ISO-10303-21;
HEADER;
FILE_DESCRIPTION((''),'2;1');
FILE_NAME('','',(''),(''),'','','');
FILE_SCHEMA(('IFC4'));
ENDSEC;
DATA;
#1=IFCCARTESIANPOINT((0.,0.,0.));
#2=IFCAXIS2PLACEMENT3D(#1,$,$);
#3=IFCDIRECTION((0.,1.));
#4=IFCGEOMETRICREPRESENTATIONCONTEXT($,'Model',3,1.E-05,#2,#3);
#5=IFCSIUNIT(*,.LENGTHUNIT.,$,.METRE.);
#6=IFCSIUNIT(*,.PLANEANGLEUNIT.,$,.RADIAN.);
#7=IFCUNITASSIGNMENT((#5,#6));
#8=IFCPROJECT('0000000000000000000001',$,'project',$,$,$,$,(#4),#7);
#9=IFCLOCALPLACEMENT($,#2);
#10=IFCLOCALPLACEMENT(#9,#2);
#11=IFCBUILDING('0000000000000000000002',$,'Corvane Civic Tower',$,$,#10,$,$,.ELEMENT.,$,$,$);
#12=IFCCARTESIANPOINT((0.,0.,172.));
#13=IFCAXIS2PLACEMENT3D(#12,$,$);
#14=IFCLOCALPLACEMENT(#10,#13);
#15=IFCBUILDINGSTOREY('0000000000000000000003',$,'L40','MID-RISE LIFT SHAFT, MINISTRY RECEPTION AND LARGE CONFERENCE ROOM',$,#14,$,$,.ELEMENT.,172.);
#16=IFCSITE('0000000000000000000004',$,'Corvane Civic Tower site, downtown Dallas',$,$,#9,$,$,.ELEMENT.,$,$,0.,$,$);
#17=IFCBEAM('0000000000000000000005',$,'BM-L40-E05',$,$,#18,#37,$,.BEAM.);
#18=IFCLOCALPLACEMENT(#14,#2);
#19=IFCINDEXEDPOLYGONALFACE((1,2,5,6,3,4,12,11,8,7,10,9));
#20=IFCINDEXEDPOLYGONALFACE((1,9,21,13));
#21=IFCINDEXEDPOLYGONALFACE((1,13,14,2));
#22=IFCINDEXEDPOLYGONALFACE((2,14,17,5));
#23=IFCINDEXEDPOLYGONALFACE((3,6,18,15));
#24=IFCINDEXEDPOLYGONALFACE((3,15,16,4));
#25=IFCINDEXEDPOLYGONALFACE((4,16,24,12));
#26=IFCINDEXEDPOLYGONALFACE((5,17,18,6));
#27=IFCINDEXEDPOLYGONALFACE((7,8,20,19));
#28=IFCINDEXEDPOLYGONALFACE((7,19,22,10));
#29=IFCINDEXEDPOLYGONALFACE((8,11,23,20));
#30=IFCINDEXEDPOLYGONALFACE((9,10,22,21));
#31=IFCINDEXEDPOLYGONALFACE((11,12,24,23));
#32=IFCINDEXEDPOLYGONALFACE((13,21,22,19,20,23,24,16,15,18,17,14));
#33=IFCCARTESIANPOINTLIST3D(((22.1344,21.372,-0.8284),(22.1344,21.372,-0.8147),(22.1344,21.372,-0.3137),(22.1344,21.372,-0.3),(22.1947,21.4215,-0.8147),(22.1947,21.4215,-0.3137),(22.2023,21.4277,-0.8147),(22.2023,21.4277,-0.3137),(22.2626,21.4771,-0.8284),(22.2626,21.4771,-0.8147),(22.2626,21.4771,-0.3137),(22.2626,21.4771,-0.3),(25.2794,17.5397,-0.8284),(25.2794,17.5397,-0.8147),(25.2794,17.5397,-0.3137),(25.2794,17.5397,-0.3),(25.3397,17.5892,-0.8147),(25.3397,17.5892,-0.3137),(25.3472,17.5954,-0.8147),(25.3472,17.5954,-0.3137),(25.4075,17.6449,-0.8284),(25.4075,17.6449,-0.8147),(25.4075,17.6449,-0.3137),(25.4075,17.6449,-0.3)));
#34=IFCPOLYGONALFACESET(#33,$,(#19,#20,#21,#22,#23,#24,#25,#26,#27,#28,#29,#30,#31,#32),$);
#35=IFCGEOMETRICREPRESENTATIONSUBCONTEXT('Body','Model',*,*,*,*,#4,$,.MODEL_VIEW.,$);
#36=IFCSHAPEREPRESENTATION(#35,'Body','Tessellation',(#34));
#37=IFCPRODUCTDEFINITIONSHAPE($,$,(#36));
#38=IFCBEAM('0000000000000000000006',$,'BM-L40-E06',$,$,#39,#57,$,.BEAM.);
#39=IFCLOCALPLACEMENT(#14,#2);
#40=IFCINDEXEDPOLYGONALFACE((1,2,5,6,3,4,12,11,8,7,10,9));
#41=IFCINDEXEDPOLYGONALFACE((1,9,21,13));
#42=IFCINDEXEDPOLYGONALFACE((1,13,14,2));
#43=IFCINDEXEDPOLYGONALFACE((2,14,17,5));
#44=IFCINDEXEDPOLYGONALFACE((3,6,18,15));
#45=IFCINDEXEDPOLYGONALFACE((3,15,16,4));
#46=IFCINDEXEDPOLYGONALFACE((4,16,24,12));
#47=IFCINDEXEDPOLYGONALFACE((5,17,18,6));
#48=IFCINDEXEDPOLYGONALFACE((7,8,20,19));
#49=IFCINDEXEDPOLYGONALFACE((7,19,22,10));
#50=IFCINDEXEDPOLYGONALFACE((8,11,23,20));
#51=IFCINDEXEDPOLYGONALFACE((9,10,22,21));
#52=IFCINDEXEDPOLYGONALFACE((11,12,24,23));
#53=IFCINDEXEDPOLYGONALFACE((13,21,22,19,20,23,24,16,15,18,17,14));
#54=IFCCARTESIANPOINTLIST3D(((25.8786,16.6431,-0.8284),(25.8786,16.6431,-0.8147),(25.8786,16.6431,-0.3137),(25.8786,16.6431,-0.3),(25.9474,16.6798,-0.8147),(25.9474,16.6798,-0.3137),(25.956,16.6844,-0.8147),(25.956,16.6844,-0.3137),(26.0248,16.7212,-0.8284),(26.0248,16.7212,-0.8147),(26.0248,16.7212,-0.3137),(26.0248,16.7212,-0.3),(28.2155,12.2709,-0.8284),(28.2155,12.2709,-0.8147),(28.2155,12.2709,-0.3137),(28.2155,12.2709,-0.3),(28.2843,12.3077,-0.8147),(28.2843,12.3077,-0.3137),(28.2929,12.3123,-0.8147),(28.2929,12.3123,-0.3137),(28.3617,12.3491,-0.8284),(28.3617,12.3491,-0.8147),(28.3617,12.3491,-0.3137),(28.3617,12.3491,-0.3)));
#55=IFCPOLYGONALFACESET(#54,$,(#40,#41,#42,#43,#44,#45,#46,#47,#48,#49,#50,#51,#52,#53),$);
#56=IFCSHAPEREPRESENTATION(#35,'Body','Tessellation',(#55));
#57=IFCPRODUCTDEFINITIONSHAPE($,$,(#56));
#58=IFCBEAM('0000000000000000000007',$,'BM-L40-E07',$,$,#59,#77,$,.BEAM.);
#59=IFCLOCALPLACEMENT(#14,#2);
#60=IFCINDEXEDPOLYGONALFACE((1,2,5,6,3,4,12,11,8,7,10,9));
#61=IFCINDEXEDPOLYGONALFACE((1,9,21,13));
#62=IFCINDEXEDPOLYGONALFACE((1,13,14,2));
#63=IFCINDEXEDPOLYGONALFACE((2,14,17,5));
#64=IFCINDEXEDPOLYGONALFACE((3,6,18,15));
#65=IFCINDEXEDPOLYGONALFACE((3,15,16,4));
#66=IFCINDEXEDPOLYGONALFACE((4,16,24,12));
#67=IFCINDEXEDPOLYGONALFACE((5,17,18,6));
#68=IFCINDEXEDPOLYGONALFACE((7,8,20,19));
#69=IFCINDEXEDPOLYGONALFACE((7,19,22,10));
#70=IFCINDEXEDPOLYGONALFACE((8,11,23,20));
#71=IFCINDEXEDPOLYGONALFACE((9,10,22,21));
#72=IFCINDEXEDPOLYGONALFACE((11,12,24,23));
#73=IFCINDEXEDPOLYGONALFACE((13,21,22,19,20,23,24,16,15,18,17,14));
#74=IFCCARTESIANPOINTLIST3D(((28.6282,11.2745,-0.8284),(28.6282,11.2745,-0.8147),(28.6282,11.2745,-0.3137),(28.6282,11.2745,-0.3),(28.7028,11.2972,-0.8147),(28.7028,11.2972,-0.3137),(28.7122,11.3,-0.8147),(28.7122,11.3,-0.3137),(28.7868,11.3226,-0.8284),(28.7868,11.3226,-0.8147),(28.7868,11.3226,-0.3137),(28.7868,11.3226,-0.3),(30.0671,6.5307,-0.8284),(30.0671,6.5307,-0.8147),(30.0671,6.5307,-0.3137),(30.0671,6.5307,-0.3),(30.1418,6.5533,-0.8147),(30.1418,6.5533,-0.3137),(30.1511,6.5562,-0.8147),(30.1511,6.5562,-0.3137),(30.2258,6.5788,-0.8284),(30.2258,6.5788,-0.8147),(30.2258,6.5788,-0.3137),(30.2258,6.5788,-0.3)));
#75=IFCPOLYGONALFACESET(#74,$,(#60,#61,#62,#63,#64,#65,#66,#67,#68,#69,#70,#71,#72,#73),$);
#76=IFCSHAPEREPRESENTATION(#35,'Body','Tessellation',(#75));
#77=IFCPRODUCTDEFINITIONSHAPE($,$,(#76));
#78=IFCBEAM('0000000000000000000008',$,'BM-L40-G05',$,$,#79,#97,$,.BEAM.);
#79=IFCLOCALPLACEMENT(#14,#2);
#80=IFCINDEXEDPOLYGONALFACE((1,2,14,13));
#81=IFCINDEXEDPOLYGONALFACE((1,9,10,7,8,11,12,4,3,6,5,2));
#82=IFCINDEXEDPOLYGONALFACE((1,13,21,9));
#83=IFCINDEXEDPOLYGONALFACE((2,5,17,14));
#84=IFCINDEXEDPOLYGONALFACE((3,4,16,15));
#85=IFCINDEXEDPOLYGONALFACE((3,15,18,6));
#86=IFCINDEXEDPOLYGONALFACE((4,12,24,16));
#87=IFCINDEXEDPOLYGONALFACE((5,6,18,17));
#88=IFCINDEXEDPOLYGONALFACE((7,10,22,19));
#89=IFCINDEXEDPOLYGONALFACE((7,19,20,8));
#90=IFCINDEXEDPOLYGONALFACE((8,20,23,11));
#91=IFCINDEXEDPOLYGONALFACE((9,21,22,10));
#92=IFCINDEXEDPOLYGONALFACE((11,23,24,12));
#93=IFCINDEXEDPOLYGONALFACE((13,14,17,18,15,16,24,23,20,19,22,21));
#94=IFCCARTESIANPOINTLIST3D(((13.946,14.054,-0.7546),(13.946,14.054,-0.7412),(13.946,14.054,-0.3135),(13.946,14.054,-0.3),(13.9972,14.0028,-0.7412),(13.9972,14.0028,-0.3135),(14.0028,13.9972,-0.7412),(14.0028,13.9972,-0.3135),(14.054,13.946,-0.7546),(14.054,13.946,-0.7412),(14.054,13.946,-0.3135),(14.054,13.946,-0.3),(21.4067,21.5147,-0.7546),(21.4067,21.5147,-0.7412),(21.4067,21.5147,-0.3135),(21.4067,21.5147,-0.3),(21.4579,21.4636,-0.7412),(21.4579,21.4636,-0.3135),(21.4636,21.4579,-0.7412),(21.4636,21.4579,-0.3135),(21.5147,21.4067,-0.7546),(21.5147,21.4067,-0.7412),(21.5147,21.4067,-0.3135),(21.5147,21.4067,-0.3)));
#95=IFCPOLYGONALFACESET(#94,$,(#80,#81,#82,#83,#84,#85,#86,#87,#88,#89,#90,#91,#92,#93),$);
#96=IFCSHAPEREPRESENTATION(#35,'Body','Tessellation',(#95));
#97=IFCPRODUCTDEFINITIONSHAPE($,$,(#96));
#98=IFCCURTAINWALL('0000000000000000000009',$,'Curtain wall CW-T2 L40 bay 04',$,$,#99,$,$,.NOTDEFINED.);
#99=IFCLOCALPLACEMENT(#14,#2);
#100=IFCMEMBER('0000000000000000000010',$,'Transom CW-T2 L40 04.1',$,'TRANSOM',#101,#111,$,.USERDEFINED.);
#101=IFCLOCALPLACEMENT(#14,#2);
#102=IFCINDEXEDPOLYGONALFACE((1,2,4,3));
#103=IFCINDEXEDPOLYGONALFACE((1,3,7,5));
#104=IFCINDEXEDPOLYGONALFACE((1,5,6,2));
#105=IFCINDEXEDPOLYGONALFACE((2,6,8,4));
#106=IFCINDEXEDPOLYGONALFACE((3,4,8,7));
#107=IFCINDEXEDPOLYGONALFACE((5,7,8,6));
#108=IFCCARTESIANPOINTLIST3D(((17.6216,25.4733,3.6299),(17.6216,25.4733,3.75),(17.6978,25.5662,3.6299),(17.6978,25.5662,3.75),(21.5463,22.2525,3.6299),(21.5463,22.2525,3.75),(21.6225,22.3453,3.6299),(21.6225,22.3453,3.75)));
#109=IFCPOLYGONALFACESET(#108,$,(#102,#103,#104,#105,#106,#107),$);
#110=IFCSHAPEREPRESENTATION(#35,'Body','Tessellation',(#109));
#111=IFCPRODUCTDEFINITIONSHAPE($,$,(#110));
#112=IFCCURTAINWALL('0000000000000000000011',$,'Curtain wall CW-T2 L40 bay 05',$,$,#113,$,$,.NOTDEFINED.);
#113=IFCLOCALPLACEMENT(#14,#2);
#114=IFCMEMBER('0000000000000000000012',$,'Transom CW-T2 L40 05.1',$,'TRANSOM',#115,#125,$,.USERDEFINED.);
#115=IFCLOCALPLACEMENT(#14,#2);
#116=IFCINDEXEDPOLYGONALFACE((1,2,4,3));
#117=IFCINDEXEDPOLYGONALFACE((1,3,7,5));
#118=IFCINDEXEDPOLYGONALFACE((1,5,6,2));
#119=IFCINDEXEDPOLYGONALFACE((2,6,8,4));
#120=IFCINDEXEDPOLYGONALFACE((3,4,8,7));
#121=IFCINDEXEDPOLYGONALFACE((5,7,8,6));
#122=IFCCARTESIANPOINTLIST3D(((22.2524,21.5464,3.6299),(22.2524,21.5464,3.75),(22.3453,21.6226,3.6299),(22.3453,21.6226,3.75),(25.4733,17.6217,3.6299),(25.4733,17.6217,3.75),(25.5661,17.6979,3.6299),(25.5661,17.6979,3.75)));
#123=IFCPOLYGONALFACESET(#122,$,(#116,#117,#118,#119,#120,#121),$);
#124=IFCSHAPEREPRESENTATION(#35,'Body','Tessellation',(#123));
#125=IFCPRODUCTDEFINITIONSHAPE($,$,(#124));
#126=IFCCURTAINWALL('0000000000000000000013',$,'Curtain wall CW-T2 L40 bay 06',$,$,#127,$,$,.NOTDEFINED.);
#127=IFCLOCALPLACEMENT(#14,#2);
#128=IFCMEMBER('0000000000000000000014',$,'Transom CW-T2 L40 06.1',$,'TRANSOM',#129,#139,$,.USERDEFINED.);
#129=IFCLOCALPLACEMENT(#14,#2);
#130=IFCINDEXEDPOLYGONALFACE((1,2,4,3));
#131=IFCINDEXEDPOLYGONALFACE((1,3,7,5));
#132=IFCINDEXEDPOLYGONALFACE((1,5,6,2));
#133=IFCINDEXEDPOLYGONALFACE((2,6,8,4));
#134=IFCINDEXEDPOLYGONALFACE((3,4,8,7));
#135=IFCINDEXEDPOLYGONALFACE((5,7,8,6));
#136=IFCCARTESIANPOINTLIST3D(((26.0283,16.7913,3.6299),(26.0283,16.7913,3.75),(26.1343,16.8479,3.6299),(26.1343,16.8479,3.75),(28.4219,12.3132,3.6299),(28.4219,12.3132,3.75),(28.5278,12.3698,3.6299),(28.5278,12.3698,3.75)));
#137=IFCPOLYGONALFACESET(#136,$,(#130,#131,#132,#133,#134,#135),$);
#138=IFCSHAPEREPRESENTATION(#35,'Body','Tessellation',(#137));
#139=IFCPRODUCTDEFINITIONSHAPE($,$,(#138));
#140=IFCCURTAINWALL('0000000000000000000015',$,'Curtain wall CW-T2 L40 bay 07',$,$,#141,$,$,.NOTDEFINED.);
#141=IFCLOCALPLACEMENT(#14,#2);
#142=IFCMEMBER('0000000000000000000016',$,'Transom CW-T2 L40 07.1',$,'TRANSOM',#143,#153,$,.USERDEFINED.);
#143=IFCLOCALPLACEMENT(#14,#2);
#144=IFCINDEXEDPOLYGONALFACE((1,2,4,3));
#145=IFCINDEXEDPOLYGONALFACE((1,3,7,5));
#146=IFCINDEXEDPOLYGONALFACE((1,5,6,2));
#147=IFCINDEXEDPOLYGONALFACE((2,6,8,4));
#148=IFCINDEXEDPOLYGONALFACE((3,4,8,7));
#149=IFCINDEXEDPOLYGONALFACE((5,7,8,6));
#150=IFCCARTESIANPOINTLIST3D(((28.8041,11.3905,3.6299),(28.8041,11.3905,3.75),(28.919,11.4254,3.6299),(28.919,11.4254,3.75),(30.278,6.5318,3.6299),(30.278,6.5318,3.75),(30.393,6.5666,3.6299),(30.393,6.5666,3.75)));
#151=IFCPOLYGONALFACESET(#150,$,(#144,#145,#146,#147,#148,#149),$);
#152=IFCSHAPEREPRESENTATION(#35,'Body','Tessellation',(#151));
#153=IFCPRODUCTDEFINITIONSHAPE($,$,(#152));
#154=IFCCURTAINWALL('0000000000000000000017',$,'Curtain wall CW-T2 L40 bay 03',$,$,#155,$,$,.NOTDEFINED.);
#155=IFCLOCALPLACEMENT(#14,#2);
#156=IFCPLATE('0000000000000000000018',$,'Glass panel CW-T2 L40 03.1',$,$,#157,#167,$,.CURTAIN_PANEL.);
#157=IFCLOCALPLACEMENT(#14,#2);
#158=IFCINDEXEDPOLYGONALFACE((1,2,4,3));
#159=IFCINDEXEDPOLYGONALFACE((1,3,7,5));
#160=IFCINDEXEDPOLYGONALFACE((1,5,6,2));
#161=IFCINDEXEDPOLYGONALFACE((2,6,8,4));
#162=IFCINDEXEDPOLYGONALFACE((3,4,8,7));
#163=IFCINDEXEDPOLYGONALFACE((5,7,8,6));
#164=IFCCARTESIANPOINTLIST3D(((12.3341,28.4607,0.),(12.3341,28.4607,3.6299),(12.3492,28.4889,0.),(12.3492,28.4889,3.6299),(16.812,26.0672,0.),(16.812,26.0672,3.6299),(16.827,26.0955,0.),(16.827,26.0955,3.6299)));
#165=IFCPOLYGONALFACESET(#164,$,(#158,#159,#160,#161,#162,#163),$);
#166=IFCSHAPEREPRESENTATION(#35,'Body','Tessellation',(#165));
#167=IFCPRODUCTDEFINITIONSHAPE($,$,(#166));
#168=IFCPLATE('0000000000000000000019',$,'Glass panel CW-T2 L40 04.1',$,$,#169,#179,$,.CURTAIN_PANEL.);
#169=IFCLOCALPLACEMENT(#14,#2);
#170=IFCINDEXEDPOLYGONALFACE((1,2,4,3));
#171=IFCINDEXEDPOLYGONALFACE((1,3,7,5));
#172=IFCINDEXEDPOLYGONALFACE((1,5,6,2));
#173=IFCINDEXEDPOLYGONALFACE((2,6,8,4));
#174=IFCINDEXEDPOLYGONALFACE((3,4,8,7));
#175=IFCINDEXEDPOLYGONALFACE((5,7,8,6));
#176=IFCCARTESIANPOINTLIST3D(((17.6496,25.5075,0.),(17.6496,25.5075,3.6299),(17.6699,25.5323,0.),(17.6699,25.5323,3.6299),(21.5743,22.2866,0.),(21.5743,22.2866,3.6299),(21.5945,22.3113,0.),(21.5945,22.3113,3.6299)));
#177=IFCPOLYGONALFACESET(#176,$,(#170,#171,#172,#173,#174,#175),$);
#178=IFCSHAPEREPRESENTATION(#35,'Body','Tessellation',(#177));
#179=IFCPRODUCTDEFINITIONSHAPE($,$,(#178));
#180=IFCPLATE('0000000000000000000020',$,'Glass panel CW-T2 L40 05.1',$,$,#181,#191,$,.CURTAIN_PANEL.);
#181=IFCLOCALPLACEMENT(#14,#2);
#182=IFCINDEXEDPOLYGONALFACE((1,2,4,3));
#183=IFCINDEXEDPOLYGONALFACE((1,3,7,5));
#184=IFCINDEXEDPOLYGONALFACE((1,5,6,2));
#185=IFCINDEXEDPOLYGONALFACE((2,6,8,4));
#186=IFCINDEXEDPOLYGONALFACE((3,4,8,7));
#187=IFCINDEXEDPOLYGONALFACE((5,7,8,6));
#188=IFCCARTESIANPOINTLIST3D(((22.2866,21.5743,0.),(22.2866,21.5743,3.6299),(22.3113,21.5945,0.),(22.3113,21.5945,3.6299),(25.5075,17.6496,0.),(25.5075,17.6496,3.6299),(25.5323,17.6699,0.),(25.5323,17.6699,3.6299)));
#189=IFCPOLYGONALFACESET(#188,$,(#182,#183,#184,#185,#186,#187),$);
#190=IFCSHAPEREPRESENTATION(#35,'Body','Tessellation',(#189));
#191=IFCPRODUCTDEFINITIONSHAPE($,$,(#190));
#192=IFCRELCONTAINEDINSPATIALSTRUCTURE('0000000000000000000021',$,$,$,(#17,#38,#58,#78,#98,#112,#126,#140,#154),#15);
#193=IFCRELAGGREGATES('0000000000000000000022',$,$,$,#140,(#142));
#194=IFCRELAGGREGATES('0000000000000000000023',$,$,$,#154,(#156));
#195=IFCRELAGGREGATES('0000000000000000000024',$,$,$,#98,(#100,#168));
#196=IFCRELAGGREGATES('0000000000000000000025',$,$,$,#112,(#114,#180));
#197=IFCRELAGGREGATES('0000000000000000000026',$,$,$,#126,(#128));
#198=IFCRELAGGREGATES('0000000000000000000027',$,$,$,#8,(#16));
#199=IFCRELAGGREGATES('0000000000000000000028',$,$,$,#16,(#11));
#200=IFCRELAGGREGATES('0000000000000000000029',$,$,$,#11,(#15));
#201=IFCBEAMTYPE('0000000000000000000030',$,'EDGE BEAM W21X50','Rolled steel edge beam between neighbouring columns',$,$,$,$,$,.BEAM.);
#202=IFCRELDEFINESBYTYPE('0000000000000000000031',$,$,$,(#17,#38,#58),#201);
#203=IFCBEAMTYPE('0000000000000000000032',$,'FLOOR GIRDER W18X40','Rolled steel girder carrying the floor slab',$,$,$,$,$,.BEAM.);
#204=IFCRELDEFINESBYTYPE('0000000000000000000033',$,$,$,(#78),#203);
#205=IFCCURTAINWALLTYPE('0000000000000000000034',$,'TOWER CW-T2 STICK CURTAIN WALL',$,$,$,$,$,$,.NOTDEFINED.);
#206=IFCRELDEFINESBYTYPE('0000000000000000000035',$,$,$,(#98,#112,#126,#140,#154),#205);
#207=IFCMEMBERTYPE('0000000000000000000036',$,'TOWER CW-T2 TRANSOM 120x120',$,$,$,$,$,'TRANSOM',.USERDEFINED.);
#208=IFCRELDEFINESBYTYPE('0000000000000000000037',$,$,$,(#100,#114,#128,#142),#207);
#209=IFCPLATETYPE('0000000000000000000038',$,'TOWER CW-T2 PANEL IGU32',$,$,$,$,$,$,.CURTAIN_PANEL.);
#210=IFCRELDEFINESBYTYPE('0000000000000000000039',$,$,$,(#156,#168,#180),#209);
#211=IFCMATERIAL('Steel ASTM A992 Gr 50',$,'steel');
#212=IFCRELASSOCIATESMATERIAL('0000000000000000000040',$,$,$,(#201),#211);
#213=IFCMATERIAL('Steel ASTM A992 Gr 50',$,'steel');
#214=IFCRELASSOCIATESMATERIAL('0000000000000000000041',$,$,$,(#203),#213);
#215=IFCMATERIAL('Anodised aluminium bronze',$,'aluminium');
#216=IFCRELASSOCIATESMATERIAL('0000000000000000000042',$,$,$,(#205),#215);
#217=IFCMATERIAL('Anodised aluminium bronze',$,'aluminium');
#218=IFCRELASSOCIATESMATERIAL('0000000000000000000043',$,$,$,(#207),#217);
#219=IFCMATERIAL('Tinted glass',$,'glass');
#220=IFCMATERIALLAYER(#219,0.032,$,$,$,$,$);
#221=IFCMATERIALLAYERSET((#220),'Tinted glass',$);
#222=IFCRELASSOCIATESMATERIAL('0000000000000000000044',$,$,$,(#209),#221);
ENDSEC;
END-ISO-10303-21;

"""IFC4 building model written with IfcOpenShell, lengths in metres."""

from ifc_helpers import new_model, si_unit, direction, frame, origin, origin_2d, place, context, subcontext, project, spatial, rectangle, i_section, extrude, material, layer, layer_set, material_profile, profile_set, type_object, element, aggregate, save


model = new_model("IFC4")

# Units and contexts
model_context = context("Model", 3, precision=1e-05, world=origin(), true_north=direction((0.0, 1.0)))
body_context = subcontext(model_context, "Body", "Model", "MODEL_VIEW")
ifc_project = project(units=[si_unit("LENGTHUNIT", "METRE"), si_unit("PLANEANGLEUNIT", "RADIAN")], contexts=[model_context])

# Site, building, storey
site_placement = place(None, origin())
site = spatial("IfcSite", under=ifc_project, at=site_placement, Name="Corvane Civic Tower site, downtown Dallas", CompositionType="ELEMENT", RefElevation=0.0)
building_placement = place(site_placement, origin())
building = spatial("IfcBuilding", under=site, at=building_placement, Name="Corvane Civic Tower", CompositionType="ELEMENT")
storey_placement = place(building_placement, frame((0.0, 0.0, 172.0)))
storey = spatial("IfcBuildingStorey", under=building, at=storey_placement, Name="L40", Description="MID-RISE LIFT SHAFT, MINISTRY RECEPTION AND LARGE CONFERENCE ROOM", CompositionType="ELEMENT", Elevation=172.0)

# Beams
ifc_material_1 = material(Name="Steel ASTM A992 Gr 50", Category="steel")
ifc_material_profile_1 = material_profile(ifc_material_1, i_section(OverallWidth=0.1658, OverallDepth=0.5283, WebThickness=0.0098, FlangeThickness=0.0137, at=origin_2d()), Name="W21X50")
ifc_profile_set_1 = profile_set([ifc_material_profile_1], Name="Steel ASTM A992 Gr 50")
beam_type_1 = type_object("IfcBeamType", Name="EDGE BEAM W21X50", Description="Rolled steel edge beam between neighbouring columns", PredefinedType="BEAM", material=ifc_profile_set_1)
for number, where, z_axis, x_axis, name in (
    (1, (22.1985, 21.4246, -0.5642), (0.634388, -0.773015, 0.0), (0.773015, 0.634388, 0.0), "BM-L40-E05"),
    (2, (25.9517, 16.6821, -0.5642), (0.471396, -0.881922, 0.0), (0.881922, 0.471396, 0.0), "BM-L40-E06"),
):
    element("IfcBeam", number, at=place(storey_placement, frame(where, z_axis=z_axis, x_axis=x_axis)), inside=storey, type_object=beam_type_1, Name=name, PredefinedType="BEAM", context=body_context, shape_type="SweptSolid", body=[
        extrude(i_section(OverallWidth=0.1658, OverallDepth=0.5283, WebThickness=0.0098, FlangeThickness=0.0137, at=origin_2d()), origin(), (0.0, 0.0, 1.0), 4.9575),
    ])
beam_1_placement = place(storey_placement, frame((28.7075, 11.2986, -0.5642), z_axis=(0.29027, -0.956945, 0.0), x_axis=(0.956945, 0.29027, 0.0)))
element("IfcBeam", 3, at=beam_1_placement, inside=storey, type_object=beam_type_1, Name="BM-L40-E07", PredefinedType="BEAM", context=body_context, shape_type="SweptSolid", body=[
    extrude(i_section(OverallWidth=0.1658, OverallDepth=0.5283, WebThickness=0.0098, FlangeThickness=0.0137, at=origin_2d()), origin(), (0.0, 0.0, 1.0), 4.9573),
])
ifc_material_2 = material(Name="Steel ASTM A992 Gr 50", Category="steel")
ifc_material_profile_2 = material_profile(ifc_material_2, i_section(OverallWidth=0.1528, OverallDepth=0.4546, WebThickness=0.0081, FlangeThickness=0.0134, at=origin_2d()), Name="W18X40")
ifc_profile_set_2 = profile_set([ifc_material_profile_2], Name="Steel ASTM A992 Gr 50")
beam_type_2 = type_object("IfcBeamType", Name="FLOOR GIRDER W18X40", Description="Rolled steel girder carrying the floor slab", PredefinedType="BEAM", material=ifc_profile_set_2)
beam_2_placement = place(storey_placement, frame((14.0, 14.0, -0.5273), z_axis=(0.707107, 0.707107, 0.0), x_axis=(-0.707107, 0.707107, 0.0)))
element("IfcBeam", 4, at=beam_2_placement, inside=storey, type_object=beam_type_2, Name="BM-L40-G05", PredefinedType="BEAM", context=body_context, shape_type="SweptSolid", body=[
    extrude(i_section(OverallWidth=0.1528, OverallDepth=0.4546, WebThickness=0.0081, FlangeThickness=0.0134, at=origin_2d()), origin(), (0.0, 0.0, 1.0), 10.551),
])

# Curtain walls, members
ifc_material_3 = material(Name="Anodised aluminium bronze", Category="aluminium")
curtain_wall_type = type_object("IfcCurtainWallType", Name="TOWER CW-T2 STICK CURTAIN WALL", PredefinedType="NOTDEFINED", material=ifc_material_3)
curtain_wall_1_placement = place(storey_placement, origin())
curtain_wall_1 = element("IfcCurtainWall", 5, at=curtain_wall_1_placement, inside=storey, type_object=curtain_wall_type, Name="Curtain wall CW-T2 L40 bay 04", PredefinedType="NOTDEFINED")
ifc_material_4 = material(Name="Anodised aluminium bronze", Category="aluminium")
ifc_material_profile_3 = material_profile(ifc_material_4, rectangle(XDim=0.1201, YDim=0.1201, at=origin_2d()), Name="TOWER CW-T2 TRANSOM 120x120")
ifc_profile_set_3 = profile_set([ifc_material_profile_3], Name="Anodised aluminium bronze")
member_type = type_object("IfcMemberType", Name="TOWER CW-T2 TRANSOM 120x120", ElementType="TRANSOM", PredefinedType="USERDEFINED", material=ifc_profile_set_3)
member_1_placement = place(storey_placement, frame((17.6597, 25.5198, 3.6899), z_axis=(0.773016, -0.634387, 0.0), x_axis=(0.634387, 0.773016, 0.0)))
member_1 = element("IfcMember", 6, at=member_1_placement, type_object=member_type, Name="Transom CW-T2 L40 04.1", ObjectType="TRANSOM", PredefinedType="USERDEFINED", context=body_context, shape_type="SweptSolid", body=[
    extrude(rectangle(XDim=0.1201, YDim=0.1201, at=origin_2d()), origin(), (0.0, 0.0, 1.0), 5.0771),
])
curtain_wall_2_placement = place(storey_placement, origin())
curtain_wall_2 = element("IfcCurtainWall", 7, at=curtain_wall_2_placement, inside=storey, type_object=curtain_wall_type, Name="Curtain wall CW-T2 L40 bay 05", PredefinedType="NOTDEFINED")
member_2_placement = place(storey_placement, frame((22.2988, 21.5845, 3.6899), z_axis=(0.634387, -0.773016, 0.0), x_axis=(0.773016, 0.634387, 0.0)))
member_2 = element("IfcMember", 8, at=member_2_placement, type_object=member_type, Name="Transom CW-T2 L40 05.1", ObjectType="TRANSOM", PredefinedType="USERDEFINED", context=body_context, shape_type="SweptSolid", body=[
    extrude(rectangle(XDim=0.1201, YDim=0.1201, at=origin_2d()), origin(), (0.0, 0.0, 1.0), 5.0771),
])
curtain_wall_3_placement = place(storey_placement, origin())
curtain_wall_3 = element("IfcCurtainWall", 9, at=curtain_wall_3_placement, inside=storey, type_object=curtain_wall_type, Name="Curtain wall CW-T2 L40 bay 06", PredefinedType="NOTDEFINED")
member_3_placement = place(storey_placement, frame((26.0813, 16.8196, 3.6899), z_axis=(0.471397, -0.881921, 0.0), x_axis=(0.881921, 0.471397, 0.0)))
member_3 = element("IfcMember", 10, at=member_3_placement, type_object=member_type, Name="Transom CW-T2 L40 06.1", ObjectType="TRANSOM", PredefinedType="USERDEFINED", context=body_context, shape_type="SweptSolid", body=[
    extrude(rectangle(XDim=0.1201, YDim=0.1201, at=origin_2d()), origin(), (0.0, 0.0, 1.0), 5.0776),
])
curtain_wall_4_placement = place(storey_placement, origin())
curtain_wall_4 = element("IfcCurtainWall", 11, at=curtain_wall_4_placement, inside=storey, type_object=curtain_wall_type, Name="Curtain wall CW-T2 L40 bay 07", PredefinedType="NOTDEFINED")
member_4_placement = place(storey_placement, frame((28.8616, 11.408, 3.6899), z_axis=(0.290289, -0.956939, 0.0), x_axis=(0.956939, 0.290289, 0.0)))
member_4 = element("IfcMember", 12, at=member_4_placement, type_object=member_type, Name="Transom CW-T2 L40 07.1", ObjectType="TRANSOM", PredefinedType="USERDEFINED", context=body_context, shape_type="SweptSolid", body=[
    extrude(rectangle(XDim=0.1201, YDim=0.1201, at=origin_2d()), origin(), (0.0, 0.0, 1.0), 5.0774),
])
aggregate(curtain_wall_4, [member_4])

# Curtain wall, plate
curtain_wall_5_placement = place(storey_placement, origin())
curtain_wall_5 = element("IfcCurtainWall", 13, at=curtain_wall_5_placement, inside=storey, type_object=curtain_wall_type, Name="Curtain wall CW-T2 L40 bay 03", PredefinedType="NOTDEFINED")
ifc_material_5 = material(Name="Tinted glass", Category="glass")
ifc_layer_1 = layer(ifc_material_5, 0.032)
ifc_layer_set_1 = layer_set([ifc_layer_1], Name="Tinted glass")
plate_type = type_object("IfcPlateType", Name="TOWER CW-T2 PANEL IGU32", PredefinedType="CURTAIN_PANEL", material=ifc_layer_set_1)
plate_1_placement = place(storey_placement, frame((14.5806, 27.2781, 0.0), z_axis=(0.0, 0.0, 1.0), x_axis=(0.881922, -0.471395, 0.0)))
plate_1 = element("IfcPlate", 14, at=plate_1_placement, type_object=plate_type, Name="Glass panel CW-T2 L40 03.1", PredefinedType="CURTAIN_PANEL", context=body_context, shape_type="SweptSolid", body=[
    extrude(rectangle(XDim=5.0774, YDim=0.032, at=origin_2d()), origin(), (0.0, 0.0, 1.0), 3.6299),
])
aggregate(curtain_wall_5, [plate_1])

# Plates
plate_2_placement = place(storey_placement, frame((19.6221, 23.9094, 0.0), z_axis=(0.0, 0.0, 1.0), x_axis=(0.773005, -0.6344, 0.0)))
plate_2 = element("IfcPlate", 15, at=plate_2_placement, type_object=plate_type, Name="Glass panel CW-T2 L40 04.1", PredefinedType="CURTAIN_PANEL", context=body_context, shape_type="SweptSolid", body=[
    extrude(rectangle(XDim=5.0771, YDim=0.032, at=origin_2d()), origin(), (0.0, 0.0, 1.0), 3.6299),
])
aggregate(curtain_wall_1, [member_1, plate_2])
plate_3_placement = place(storey_placement, frame((23.9094, 19.6221, 0.0), z_axis=(0.0, 0.0, 1.0), x_axis=(0.6344, -0.773005, 0.0)))
plate_3 = element("IfcPlate", 16, at=plate_3_placement, type_object=plate_type, Name="Glass panel CW-T2 L40 05.1", PredefinedType="CURTAIN_PANEL", context=body_context, shape_type="SweptSolid", body=[
    extrude(rectangle(XDim=5.0771, YDim=0.032, at=origin_2d()), origin(), (0.0, 0.0, 1.0), 3.6299),
])
aggregate(curtain_wall_2, [member_2, plate_3])
aggregate(curtain_wall_3, [member_3])

save(model, "model.ifc")
